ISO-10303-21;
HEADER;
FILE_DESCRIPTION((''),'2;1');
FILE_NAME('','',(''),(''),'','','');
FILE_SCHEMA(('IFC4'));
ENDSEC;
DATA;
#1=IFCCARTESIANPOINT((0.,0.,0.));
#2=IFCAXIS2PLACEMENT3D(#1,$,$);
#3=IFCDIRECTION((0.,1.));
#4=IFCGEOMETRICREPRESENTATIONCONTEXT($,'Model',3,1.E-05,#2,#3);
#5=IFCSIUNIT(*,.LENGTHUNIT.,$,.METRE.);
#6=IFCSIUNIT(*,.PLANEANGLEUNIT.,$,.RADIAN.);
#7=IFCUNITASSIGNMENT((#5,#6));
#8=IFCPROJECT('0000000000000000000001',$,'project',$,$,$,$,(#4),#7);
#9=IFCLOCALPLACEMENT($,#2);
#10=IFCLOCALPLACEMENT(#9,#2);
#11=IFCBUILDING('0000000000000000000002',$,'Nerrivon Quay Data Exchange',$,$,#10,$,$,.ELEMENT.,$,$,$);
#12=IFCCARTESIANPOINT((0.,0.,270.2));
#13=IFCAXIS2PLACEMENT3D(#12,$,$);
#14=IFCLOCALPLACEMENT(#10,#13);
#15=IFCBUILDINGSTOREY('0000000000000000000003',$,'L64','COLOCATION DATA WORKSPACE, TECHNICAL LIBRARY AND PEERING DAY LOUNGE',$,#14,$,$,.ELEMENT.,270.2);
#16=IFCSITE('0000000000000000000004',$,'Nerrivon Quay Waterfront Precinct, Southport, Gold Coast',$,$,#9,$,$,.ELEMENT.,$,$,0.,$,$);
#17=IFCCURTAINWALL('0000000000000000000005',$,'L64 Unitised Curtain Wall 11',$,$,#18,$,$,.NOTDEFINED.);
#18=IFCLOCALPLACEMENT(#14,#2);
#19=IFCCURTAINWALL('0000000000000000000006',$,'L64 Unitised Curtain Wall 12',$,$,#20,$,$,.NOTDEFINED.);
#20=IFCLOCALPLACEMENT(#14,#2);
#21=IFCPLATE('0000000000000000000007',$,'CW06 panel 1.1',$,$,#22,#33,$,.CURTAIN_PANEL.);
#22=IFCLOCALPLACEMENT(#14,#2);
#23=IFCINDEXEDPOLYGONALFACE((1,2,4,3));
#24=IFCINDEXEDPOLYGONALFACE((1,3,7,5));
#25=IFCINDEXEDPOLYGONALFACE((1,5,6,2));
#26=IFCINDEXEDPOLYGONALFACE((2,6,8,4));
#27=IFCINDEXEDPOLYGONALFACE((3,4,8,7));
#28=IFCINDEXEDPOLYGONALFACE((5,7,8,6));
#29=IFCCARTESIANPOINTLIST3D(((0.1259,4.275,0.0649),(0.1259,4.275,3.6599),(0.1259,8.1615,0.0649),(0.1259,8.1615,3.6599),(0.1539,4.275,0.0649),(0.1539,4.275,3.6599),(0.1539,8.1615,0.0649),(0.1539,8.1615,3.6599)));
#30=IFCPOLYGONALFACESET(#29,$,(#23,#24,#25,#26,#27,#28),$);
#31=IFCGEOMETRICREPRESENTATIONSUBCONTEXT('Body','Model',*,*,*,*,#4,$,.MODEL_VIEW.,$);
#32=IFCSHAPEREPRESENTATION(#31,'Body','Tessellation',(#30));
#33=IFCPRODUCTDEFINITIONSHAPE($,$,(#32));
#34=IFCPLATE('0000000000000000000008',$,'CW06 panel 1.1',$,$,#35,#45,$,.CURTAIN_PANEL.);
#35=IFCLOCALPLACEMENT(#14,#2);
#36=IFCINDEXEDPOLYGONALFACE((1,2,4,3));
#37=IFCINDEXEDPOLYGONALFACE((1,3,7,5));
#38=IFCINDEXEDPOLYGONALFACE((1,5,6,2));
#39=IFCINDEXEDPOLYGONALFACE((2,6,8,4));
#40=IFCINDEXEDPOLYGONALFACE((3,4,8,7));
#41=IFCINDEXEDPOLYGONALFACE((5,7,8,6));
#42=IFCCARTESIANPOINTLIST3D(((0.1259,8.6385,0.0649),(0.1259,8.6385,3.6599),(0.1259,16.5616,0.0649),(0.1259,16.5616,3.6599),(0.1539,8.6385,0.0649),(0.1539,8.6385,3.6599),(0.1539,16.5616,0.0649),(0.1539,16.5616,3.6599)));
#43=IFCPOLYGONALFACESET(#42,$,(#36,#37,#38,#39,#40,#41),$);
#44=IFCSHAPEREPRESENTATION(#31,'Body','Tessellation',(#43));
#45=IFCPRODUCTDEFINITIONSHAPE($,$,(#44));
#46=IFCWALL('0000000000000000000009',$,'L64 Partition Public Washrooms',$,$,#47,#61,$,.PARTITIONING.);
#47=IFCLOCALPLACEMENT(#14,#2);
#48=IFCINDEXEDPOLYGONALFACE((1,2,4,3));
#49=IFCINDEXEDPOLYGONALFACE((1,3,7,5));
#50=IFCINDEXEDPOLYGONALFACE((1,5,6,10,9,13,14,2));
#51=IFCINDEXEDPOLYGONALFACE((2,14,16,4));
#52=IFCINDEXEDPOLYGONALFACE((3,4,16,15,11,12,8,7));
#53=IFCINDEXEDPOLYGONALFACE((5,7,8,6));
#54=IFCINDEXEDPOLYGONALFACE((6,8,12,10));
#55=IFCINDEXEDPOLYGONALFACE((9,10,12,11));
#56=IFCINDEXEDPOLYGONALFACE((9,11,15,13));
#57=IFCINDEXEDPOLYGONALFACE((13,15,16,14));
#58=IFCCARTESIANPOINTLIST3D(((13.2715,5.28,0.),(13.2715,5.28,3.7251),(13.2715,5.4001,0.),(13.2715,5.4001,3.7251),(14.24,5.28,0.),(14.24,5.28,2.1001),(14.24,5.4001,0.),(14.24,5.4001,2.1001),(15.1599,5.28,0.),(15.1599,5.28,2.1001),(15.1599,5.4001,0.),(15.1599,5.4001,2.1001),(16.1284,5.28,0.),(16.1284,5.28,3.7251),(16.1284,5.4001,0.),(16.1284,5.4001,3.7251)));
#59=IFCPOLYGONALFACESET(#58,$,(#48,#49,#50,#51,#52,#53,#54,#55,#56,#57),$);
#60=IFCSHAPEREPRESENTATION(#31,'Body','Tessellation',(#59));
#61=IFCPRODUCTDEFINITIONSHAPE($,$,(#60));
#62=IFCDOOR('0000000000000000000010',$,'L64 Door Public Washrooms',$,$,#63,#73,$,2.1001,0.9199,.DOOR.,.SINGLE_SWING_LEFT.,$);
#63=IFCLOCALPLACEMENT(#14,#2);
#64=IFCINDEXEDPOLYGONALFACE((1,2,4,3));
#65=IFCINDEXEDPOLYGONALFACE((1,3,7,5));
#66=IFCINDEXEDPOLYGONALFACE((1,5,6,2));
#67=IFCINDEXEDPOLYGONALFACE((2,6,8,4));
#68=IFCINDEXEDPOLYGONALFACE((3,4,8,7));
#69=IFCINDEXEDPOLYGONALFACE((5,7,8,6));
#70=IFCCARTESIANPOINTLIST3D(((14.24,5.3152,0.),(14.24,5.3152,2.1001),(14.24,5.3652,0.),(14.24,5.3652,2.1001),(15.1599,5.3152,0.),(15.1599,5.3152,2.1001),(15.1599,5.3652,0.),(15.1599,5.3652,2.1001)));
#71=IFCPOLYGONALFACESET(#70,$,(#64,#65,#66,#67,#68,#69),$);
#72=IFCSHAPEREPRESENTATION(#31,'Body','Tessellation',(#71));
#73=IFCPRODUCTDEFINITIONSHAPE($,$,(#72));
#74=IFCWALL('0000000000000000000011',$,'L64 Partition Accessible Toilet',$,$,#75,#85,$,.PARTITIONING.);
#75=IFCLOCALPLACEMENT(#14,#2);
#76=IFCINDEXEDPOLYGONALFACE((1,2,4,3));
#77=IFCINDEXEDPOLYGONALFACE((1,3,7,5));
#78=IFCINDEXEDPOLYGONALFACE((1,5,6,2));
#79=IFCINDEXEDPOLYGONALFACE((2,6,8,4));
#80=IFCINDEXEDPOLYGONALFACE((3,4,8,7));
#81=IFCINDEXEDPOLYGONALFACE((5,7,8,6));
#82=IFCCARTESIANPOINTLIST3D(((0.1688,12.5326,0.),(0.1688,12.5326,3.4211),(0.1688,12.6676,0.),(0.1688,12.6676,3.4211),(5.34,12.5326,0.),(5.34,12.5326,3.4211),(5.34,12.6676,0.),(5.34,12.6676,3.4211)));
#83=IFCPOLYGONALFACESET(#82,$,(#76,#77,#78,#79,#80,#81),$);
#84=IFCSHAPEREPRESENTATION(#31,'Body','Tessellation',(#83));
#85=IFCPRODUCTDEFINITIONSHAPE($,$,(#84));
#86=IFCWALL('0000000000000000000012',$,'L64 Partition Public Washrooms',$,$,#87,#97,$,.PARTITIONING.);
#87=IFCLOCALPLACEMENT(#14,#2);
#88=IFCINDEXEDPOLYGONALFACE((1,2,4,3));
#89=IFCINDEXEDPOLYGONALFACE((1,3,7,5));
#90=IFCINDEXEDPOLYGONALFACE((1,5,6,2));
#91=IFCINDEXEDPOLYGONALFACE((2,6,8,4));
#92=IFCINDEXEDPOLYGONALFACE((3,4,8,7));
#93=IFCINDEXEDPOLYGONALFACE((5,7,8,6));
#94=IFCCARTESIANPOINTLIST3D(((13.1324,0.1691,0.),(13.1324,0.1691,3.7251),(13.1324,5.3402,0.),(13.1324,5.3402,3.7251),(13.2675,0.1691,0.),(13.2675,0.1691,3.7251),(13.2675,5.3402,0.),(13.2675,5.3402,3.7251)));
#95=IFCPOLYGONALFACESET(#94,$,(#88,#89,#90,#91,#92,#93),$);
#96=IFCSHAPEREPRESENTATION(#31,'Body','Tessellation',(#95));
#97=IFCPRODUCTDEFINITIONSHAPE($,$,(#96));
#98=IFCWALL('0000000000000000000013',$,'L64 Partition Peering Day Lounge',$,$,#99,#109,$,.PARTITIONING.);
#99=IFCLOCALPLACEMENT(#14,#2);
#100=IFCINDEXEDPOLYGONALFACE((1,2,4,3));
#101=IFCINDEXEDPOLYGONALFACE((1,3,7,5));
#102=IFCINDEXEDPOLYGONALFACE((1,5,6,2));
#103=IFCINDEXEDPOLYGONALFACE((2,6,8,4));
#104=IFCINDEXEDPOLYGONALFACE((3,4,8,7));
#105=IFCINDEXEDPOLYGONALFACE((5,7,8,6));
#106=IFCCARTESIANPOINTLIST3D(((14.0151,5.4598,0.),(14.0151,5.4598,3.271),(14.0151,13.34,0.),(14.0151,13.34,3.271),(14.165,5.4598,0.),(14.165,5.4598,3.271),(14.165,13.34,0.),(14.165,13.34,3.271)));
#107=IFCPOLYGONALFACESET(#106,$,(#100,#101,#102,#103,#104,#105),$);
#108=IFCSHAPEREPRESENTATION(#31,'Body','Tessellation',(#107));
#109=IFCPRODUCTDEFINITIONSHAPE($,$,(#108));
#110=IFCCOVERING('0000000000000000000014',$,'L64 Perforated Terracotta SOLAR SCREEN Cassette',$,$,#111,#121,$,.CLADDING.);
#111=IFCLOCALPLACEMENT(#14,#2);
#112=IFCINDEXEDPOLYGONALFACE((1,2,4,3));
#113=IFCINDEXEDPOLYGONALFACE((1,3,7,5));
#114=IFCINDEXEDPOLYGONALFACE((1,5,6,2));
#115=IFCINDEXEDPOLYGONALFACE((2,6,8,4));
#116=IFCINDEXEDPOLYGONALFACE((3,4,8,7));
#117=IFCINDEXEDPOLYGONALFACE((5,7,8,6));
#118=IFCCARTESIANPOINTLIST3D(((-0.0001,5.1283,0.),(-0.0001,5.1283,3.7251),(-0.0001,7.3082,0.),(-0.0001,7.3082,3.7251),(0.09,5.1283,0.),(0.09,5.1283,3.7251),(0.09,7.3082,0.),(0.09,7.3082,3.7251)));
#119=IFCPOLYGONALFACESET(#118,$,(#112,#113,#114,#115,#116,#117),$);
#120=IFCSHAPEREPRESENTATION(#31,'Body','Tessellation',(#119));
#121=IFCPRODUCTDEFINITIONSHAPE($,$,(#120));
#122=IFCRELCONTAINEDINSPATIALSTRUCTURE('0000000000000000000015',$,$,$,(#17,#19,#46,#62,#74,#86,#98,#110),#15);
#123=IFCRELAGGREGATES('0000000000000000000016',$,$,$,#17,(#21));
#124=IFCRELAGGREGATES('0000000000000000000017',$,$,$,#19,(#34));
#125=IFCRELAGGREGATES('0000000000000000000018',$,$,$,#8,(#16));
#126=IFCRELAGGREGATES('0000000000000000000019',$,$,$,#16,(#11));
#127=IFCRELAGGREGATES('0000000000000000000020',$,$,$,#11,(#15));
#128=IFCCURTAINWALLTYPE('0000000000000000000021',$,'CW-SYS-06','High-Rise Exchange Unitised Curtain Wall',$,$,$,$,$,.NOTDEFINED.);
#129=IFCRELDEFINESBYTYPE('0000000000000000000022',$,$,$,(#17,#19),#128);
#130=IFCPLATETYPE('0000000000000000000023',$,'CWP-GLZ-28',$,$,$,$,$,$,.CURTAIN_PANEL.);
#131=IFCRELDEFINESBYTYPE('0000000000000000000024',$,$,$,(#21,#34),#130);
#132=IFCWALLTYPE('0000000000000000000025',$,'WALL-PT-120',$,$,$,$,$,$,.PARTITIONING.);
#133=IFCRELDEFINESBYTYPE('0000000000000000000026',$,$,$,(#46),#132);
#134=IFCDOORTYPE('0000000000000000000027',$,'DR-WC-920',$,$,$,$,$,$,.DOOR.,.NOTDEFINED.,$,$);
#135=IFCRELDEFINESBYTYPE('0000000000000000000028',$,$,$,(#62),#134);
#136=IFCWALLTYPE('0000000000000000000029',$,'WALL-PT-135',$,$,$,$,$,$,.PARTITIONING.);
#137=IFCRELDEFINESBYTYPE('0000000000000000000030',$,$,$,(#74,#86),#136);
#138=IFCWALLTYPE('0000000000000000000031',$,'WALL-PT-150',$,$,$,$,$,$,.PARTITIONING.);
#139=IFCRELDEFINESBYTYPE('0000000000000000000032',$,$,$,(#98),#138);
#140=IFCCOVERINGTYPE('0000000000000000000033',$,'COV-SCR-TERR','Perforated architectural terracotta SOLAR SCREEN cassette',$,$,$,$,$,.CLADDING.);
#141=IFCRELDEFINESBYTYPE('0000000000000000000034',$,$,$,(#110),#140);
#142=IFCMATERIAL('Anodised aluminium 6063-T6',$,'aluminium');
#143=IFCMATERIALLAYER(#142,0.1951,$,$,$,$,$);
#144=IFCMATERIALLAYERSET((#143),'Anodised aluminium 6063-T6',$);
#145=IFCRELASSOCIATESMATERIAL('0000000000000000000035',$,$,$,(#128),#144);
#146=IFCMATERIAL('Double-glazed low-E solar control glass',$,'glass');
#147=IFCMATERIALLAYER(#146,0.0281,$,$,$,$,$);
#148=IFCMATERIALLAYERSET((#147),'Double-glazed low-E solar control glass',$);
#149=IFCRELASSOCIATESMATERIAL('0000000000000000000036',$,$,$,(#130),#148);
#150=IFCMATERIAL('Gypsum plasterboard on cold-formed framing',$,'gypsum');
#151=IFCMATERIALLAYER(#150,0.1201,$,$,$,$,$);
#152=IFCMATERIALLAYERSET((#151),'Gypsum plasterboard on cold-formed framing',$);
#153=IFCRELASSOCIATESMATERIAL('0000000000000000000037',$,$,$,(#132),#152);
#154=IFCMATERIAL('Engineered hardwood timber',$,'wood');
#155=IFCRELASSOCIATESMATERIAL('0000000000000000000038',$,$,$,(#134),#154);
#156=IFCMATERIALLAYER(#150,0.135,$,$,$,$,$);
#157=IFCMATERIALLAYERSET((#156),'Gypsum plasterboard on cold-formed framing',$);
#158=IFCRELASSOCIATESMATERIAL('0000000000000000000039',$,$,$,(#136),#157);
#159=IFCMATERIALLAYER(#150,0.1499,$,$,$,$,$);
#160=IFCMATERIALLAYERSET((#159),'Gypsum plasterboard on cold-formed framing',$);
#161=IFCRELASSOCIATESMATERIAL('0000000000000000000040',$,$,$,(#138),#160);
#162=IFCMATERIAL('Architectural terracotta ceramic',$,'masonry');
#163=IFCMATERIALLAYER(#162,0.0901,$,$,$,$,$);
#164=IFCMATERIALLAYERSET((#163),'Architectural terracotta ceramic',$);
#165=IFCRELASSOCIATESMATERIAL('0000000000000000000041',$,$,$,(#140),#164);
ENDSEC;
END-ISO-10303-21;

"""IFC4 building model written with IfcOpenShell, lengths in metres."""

from ifc_helpers import new_model, si_unit, direction, frame, frame_2d, origin, origin_2d, place, context, subcontext, project, spatial, rectangle, extrude, material, layer, layer_set, type_object, element, fill, aggregate, save


model = new_model("IFC4")

# Units and contexts
model_context = context("Model", 3, precision=1e-05, world=origin(), true_north=direction((0.0, 1.0)))
body_context = subcontext(model_context, "Body", "Model", "MODEL_VIEW")
ifc_project = project(units=[si_unit("LENGTHUNIT", "METRE"), si_unit("PLANEANGLEUNIT", "RADIAN")], contexts=[model_context])

# Site, building, storey
site_placement = place(None, origin())
site = spatial("IfcSite", under=ifc_project, at=site_placement, Name="Nerrivon Quay Waterfront Precinct, Southport, Gold Coast", CompositionType="ELEMENT", RefElevation=0.0)
building_placement = place(site_placement, origin())
building = spatial("IfcBuilding", under=site, at=building_placement, Name="Nerrivon Quay Data Exchange", CompositionType="ELEMENT")
storey_placement = place(building_placement, frame((0.0, 0.0, 270.2)))
storey = spatial("IfcBuildingStorey", under=building, at=storey_placement, Name="L64", Description="COLOCATION DATA WORKSPACE, TECHNICAL LIBRARY AND PEERING DAY LOUNGE", CompositionType="ELEMENT", Elevation=270.2)

# Curtain wall
ifc_material_1 = material(Name="Anodised aluminium 6063-T6", Category="aluminium")
ifc_layer_1 = layer(ifc_material_1, 0.1951)
ifc_layer_set_1 = layer_set([ifc_layer_1], Name="Anodised aluminium 6063-T6")
curtain_wall_type = type_object("IfcCurtainWallType", Name="CW-SYS-06", Description="High-Rise Exchange Unitised Curtain Wall", PredefinedType="NOTDEFINED", material=ifc_layer_set_1)
curtain_wall_1_placement = place(storey_placement, origin())
curtain_wall_1 = element("IfcCurtainWall", 1, at=curtain_wall_1_placement, inside=storey, type_object=curtain_wall_type, Name="L64 Unitised Curtain Wall 11", PredefinedType="NOTDEFINED")

# Curtain wall
curtain_wall_2_placement = place(storey_placement, origin())
curtain_wall_2 = element("IfcCurtainWall", 2, at=curtain_wall_2_placement, inside=storey, type_object=curtain_wall_type, Name="L64 Unitised Curtain Wall 12", PredefinedType="NOTDEFINED")

# Plates
ifc_material_2 = material(Name="Double-glazed low-E solar control glass", Category="glass")
ifc_layer_2 = layer(ifc_material_2, 0.0281)
ifc_layer_set_2 = layer_set([ifc_layer_2], Name="Double-glazed low-E solar control glass")
plate_type = type_object("IfcPlateType", Name="CWP-GLZ-28", PredefinedType="CURTAIN_PANEL", material=ifc_layer_set_2)
plate_1_placement = place(storey_placement, frame((0.1399, 6.2183, 0.0649), z_axis=(0.0, 0.0, 1.0), x_axis=(0.0, 1.0, 0.0)))
plate_1 = element("IfcPlate", 3, at=plate_1_placement, type_object=plate_type, Name="CW06 panel 1.1", PredefinedType="CURTAIN_PANEL", context=body_context, shape_type="SweptSolid", body=[
    extrude(rectangle(XDim=3.8865, YDim=0.0281, at=origin_2d()), origin(), (0.0, 0.0, 1.0), 3.595),
])
aggregate(curtain_wall_1, [plate_1])
plate_2_placement = place(storey_placement, frame((0.1399, 12.6001, 0.0649), z_axis=(0.0, 0.0, 1.0), x_axis=(0.0, 1.0, 0.0)))
plate_2 = element("IfcPlate", 4, at=plate_2_placement, type_object=plate_type, Name="CW06 panel 1.1", PredefinedType="CURTAIN_PANEL", context=body_context, shape_type="SweptSolid", body=[
    extrude(rectangle(XDim=7.9231, YDim=0.0281, at=origin_2d()), origin(), (0.0, 0.0, 1.0), 3.595),
])
aggregate(curtain_wall_2, [plate_2])

# Wall, opening, door
ifc_material_3 = material(Name="Gypsum plasterboard on cold-formed framing", Category="gypsum")
ifc_layer_3 = layer(ifc_material_3, 0.1201)
ifc_layer_set_3 = layer_set([ifc_layer_3], Name="Gypsum plasterboard on cold-formed framing")
wall_type_1 = type_object("IfcWallType", Name="WALL-PT-120", PredefinedType="PARTITIONING", material=ifc_layer_set_3)
wall_1_placement = place(storey_placement, frame((16.1284, 5.3401, 0.0), z_axis=(0.0, 0.0, 1.0), x_axis=(-1.0, 0.0, 0.0)))
wall_1 = element("IfcWall", 5, at=wall_1_placement, inside=storey, type_object=wall_type_1, Name="L64 Partition Public Washrooms", PredefinedType="PARTITIONING", context=body_context, shape_type="SweptSolid", body=[
    extrude(rectangle(XDim=2.8569, YDim=0.1201, at=frame_2d((1.4285, 0.0))), origin(), (0.0, 0.0, 1.0), 3.7251),
])
opening_placement = place(wall_1_placement, frame((0.9685, 0.0, 0.0)))
opening = element("IfcOpeningElement", 6, at=opening_placement, cuts=wall_1, PredefinedType="OPENING", context=body_context, shape_type="SweptSolid", body=[
    extrude(rectangle(XDim=0.9199, YDim=2.1001, at=frame_2d((0.46, 1.05))), frame((0.0, 0.0701, 0.0), z_axis=(0.0, -1.0, 0.0), x_axis=(1.0, 0.0, 0.0)), (0.0, 0.0, 1.0), 0.1401),
])
ifc_material_4 = material(Name="Engineered hardwood timber", Category="wood")
door_type = type_object("IfcDoorType", Name="DR-WC-920", OperationType="NOTDEFINED", PredefinedType="DOOR", material=ifc_material_4)
door_placement = place(opening_placement, origin())
door = element("IfcDoor", 7, at=door_placement, inside=storey, type_object=door_type, Name="L64 Door Public Washrooms", OperationType="SINGLE_SWING_LEFT", OverallHeight=2.1001, OverallWidth=0.9199, PredefinedType="DOOR", context=body_context, shape_type="SweptSolid", body=[
    extrude(rectangle(XDim=0.9199, YDim=2.1001, at=frame_2d((0.46, 1.05))), frame((0.0, 0.0249, 0.0), z_axis=(0.0, -1.0, 0.0), x_axis=(1.0, 0.0, 0.0)), (0.0, 0.0, 1.0), 0.05),
])
fill(opening, door)

# Walls
ifc_layer_4 = layer(ifc_material_3, 0.135)
ifc_layer_set_4 = layer_set([ifc_layer_4], Name="Gypsum plasterboard on cold-formed framing")
wall_type_2 = type_object("IfcWallType", Name="WALL-PT-135", PredefinedType="PARTITIONING", material=ifc_layer_set_4)
wall_2_placement = place(storey_placement, frame((0.1689, 12.6001, 0.0), z_axis=(0.0, 0.0, 1.0), x_axis=(1.0, 0.0, 0.0)))
element("IfcWall", 8, at=wall_2_placement, inside=storey, type_object=wall_type_2, Name="L64 Partition Accessible Toilet", PredefinedType="PARTITIONING", context=body_context, shape_type="SweptSolid", body=[
    extrude(rectangle(XDim=5.1711, YDim=0.135, at=frame_2d((2.5854, 0.0))), origin(), (0.0, 0.0, 1.0), 3.4211),
])
wall_3_placement = place(storey_placement, frame((13.2, 5.3401, 0.0), z_axis=(0.0, 0.0, 1.0), x_axis=(0.0, -1.0, 0.0)))
element("IfcWall", 9, at=wall_3_placement, inside=storey, type_object=wall_type_2, Name="L64 Partition Public Washrooms", PredefinedType="PARTITIONING", context=body_context, shape_type="SweptSolid", body=[
    extrude(rectangle(XDim=5.1711, YDim=0.135, at=frame_2d((2.5854, 0.0))), origin(), (0.0, 0.0, 1.0), 3.7251),
])
ifc_layer_5 = layer(ifc_material_3, 0.1499)
ifc_layer_set_5 = layer_set([ifc_layer_5], Name="Gypsum plasterboard on cold-formed framing")
wall_type_3 = type_object("IfcWallType", Name="WALL-PT-150", PredefinedType="PARTITIONING", material=ifc_layer_set_5)
wall_4_placement = place(storey_placement, frame((14.0901, 5.46, 0.0), z_axis=(0.0, 0.0, 1.0), x_axis=(0.0, 1.0, 0.0)))
element("IfcWall", 10, at=wall_4_placement, inside=storey, type_object=wall_type_3, Name="L64 Partition Peering Day Lounge", PredefinedType="PARTITIONING", context=body_context, shape_type="SweptSolid", body=[
    extrude(rectangle(XDim=7.8801, YDim=0.1499, at=frame_2d((3.9399, 0.0))), origin(), (0.0, 0.0, 1.0), 3.271),
])

# Covering
ifc_material_5 = material(Name="Architectural terracotta ceramic", Category="masonry")
ifc_layer_6 = layer(ifc_material_5, 0.0901)
ifc_layer_set_6 = layer_set([ifc_layer_6], Name="Architectural terracotta ceramic")
covering_type = type_object("IfcCoveringType", Name="COV-SCR-TERR", Description="Perforated architectural terracotta SOLAR SCREEN cassette", PredefinedType="CLADDING", material=ifc_layer_set_6)
covering_placement = place(storey_placement, frame((0.0449, 6.2183, 0.0), z_axis=(0.0, 0.0, 1.0), x_axis=(0.0, 1.0, 0.0)))
element("IfcCovering", 11, at=covering_placement, inside=storey, type_object=covering_type, Name="L64 Perforated Terracotta SOLAR SCREEN Cassette", PredefinedType="CLADDING", context=body_context, shape_type="SweptSolid", body=[
    extrude(rectangle(XDim=2.1799, YDim=0.0901, at=origin_2d()), origin(), (0.0, 0.0, 1.0), 3.7251),
])

save(model, "model.ifc")
